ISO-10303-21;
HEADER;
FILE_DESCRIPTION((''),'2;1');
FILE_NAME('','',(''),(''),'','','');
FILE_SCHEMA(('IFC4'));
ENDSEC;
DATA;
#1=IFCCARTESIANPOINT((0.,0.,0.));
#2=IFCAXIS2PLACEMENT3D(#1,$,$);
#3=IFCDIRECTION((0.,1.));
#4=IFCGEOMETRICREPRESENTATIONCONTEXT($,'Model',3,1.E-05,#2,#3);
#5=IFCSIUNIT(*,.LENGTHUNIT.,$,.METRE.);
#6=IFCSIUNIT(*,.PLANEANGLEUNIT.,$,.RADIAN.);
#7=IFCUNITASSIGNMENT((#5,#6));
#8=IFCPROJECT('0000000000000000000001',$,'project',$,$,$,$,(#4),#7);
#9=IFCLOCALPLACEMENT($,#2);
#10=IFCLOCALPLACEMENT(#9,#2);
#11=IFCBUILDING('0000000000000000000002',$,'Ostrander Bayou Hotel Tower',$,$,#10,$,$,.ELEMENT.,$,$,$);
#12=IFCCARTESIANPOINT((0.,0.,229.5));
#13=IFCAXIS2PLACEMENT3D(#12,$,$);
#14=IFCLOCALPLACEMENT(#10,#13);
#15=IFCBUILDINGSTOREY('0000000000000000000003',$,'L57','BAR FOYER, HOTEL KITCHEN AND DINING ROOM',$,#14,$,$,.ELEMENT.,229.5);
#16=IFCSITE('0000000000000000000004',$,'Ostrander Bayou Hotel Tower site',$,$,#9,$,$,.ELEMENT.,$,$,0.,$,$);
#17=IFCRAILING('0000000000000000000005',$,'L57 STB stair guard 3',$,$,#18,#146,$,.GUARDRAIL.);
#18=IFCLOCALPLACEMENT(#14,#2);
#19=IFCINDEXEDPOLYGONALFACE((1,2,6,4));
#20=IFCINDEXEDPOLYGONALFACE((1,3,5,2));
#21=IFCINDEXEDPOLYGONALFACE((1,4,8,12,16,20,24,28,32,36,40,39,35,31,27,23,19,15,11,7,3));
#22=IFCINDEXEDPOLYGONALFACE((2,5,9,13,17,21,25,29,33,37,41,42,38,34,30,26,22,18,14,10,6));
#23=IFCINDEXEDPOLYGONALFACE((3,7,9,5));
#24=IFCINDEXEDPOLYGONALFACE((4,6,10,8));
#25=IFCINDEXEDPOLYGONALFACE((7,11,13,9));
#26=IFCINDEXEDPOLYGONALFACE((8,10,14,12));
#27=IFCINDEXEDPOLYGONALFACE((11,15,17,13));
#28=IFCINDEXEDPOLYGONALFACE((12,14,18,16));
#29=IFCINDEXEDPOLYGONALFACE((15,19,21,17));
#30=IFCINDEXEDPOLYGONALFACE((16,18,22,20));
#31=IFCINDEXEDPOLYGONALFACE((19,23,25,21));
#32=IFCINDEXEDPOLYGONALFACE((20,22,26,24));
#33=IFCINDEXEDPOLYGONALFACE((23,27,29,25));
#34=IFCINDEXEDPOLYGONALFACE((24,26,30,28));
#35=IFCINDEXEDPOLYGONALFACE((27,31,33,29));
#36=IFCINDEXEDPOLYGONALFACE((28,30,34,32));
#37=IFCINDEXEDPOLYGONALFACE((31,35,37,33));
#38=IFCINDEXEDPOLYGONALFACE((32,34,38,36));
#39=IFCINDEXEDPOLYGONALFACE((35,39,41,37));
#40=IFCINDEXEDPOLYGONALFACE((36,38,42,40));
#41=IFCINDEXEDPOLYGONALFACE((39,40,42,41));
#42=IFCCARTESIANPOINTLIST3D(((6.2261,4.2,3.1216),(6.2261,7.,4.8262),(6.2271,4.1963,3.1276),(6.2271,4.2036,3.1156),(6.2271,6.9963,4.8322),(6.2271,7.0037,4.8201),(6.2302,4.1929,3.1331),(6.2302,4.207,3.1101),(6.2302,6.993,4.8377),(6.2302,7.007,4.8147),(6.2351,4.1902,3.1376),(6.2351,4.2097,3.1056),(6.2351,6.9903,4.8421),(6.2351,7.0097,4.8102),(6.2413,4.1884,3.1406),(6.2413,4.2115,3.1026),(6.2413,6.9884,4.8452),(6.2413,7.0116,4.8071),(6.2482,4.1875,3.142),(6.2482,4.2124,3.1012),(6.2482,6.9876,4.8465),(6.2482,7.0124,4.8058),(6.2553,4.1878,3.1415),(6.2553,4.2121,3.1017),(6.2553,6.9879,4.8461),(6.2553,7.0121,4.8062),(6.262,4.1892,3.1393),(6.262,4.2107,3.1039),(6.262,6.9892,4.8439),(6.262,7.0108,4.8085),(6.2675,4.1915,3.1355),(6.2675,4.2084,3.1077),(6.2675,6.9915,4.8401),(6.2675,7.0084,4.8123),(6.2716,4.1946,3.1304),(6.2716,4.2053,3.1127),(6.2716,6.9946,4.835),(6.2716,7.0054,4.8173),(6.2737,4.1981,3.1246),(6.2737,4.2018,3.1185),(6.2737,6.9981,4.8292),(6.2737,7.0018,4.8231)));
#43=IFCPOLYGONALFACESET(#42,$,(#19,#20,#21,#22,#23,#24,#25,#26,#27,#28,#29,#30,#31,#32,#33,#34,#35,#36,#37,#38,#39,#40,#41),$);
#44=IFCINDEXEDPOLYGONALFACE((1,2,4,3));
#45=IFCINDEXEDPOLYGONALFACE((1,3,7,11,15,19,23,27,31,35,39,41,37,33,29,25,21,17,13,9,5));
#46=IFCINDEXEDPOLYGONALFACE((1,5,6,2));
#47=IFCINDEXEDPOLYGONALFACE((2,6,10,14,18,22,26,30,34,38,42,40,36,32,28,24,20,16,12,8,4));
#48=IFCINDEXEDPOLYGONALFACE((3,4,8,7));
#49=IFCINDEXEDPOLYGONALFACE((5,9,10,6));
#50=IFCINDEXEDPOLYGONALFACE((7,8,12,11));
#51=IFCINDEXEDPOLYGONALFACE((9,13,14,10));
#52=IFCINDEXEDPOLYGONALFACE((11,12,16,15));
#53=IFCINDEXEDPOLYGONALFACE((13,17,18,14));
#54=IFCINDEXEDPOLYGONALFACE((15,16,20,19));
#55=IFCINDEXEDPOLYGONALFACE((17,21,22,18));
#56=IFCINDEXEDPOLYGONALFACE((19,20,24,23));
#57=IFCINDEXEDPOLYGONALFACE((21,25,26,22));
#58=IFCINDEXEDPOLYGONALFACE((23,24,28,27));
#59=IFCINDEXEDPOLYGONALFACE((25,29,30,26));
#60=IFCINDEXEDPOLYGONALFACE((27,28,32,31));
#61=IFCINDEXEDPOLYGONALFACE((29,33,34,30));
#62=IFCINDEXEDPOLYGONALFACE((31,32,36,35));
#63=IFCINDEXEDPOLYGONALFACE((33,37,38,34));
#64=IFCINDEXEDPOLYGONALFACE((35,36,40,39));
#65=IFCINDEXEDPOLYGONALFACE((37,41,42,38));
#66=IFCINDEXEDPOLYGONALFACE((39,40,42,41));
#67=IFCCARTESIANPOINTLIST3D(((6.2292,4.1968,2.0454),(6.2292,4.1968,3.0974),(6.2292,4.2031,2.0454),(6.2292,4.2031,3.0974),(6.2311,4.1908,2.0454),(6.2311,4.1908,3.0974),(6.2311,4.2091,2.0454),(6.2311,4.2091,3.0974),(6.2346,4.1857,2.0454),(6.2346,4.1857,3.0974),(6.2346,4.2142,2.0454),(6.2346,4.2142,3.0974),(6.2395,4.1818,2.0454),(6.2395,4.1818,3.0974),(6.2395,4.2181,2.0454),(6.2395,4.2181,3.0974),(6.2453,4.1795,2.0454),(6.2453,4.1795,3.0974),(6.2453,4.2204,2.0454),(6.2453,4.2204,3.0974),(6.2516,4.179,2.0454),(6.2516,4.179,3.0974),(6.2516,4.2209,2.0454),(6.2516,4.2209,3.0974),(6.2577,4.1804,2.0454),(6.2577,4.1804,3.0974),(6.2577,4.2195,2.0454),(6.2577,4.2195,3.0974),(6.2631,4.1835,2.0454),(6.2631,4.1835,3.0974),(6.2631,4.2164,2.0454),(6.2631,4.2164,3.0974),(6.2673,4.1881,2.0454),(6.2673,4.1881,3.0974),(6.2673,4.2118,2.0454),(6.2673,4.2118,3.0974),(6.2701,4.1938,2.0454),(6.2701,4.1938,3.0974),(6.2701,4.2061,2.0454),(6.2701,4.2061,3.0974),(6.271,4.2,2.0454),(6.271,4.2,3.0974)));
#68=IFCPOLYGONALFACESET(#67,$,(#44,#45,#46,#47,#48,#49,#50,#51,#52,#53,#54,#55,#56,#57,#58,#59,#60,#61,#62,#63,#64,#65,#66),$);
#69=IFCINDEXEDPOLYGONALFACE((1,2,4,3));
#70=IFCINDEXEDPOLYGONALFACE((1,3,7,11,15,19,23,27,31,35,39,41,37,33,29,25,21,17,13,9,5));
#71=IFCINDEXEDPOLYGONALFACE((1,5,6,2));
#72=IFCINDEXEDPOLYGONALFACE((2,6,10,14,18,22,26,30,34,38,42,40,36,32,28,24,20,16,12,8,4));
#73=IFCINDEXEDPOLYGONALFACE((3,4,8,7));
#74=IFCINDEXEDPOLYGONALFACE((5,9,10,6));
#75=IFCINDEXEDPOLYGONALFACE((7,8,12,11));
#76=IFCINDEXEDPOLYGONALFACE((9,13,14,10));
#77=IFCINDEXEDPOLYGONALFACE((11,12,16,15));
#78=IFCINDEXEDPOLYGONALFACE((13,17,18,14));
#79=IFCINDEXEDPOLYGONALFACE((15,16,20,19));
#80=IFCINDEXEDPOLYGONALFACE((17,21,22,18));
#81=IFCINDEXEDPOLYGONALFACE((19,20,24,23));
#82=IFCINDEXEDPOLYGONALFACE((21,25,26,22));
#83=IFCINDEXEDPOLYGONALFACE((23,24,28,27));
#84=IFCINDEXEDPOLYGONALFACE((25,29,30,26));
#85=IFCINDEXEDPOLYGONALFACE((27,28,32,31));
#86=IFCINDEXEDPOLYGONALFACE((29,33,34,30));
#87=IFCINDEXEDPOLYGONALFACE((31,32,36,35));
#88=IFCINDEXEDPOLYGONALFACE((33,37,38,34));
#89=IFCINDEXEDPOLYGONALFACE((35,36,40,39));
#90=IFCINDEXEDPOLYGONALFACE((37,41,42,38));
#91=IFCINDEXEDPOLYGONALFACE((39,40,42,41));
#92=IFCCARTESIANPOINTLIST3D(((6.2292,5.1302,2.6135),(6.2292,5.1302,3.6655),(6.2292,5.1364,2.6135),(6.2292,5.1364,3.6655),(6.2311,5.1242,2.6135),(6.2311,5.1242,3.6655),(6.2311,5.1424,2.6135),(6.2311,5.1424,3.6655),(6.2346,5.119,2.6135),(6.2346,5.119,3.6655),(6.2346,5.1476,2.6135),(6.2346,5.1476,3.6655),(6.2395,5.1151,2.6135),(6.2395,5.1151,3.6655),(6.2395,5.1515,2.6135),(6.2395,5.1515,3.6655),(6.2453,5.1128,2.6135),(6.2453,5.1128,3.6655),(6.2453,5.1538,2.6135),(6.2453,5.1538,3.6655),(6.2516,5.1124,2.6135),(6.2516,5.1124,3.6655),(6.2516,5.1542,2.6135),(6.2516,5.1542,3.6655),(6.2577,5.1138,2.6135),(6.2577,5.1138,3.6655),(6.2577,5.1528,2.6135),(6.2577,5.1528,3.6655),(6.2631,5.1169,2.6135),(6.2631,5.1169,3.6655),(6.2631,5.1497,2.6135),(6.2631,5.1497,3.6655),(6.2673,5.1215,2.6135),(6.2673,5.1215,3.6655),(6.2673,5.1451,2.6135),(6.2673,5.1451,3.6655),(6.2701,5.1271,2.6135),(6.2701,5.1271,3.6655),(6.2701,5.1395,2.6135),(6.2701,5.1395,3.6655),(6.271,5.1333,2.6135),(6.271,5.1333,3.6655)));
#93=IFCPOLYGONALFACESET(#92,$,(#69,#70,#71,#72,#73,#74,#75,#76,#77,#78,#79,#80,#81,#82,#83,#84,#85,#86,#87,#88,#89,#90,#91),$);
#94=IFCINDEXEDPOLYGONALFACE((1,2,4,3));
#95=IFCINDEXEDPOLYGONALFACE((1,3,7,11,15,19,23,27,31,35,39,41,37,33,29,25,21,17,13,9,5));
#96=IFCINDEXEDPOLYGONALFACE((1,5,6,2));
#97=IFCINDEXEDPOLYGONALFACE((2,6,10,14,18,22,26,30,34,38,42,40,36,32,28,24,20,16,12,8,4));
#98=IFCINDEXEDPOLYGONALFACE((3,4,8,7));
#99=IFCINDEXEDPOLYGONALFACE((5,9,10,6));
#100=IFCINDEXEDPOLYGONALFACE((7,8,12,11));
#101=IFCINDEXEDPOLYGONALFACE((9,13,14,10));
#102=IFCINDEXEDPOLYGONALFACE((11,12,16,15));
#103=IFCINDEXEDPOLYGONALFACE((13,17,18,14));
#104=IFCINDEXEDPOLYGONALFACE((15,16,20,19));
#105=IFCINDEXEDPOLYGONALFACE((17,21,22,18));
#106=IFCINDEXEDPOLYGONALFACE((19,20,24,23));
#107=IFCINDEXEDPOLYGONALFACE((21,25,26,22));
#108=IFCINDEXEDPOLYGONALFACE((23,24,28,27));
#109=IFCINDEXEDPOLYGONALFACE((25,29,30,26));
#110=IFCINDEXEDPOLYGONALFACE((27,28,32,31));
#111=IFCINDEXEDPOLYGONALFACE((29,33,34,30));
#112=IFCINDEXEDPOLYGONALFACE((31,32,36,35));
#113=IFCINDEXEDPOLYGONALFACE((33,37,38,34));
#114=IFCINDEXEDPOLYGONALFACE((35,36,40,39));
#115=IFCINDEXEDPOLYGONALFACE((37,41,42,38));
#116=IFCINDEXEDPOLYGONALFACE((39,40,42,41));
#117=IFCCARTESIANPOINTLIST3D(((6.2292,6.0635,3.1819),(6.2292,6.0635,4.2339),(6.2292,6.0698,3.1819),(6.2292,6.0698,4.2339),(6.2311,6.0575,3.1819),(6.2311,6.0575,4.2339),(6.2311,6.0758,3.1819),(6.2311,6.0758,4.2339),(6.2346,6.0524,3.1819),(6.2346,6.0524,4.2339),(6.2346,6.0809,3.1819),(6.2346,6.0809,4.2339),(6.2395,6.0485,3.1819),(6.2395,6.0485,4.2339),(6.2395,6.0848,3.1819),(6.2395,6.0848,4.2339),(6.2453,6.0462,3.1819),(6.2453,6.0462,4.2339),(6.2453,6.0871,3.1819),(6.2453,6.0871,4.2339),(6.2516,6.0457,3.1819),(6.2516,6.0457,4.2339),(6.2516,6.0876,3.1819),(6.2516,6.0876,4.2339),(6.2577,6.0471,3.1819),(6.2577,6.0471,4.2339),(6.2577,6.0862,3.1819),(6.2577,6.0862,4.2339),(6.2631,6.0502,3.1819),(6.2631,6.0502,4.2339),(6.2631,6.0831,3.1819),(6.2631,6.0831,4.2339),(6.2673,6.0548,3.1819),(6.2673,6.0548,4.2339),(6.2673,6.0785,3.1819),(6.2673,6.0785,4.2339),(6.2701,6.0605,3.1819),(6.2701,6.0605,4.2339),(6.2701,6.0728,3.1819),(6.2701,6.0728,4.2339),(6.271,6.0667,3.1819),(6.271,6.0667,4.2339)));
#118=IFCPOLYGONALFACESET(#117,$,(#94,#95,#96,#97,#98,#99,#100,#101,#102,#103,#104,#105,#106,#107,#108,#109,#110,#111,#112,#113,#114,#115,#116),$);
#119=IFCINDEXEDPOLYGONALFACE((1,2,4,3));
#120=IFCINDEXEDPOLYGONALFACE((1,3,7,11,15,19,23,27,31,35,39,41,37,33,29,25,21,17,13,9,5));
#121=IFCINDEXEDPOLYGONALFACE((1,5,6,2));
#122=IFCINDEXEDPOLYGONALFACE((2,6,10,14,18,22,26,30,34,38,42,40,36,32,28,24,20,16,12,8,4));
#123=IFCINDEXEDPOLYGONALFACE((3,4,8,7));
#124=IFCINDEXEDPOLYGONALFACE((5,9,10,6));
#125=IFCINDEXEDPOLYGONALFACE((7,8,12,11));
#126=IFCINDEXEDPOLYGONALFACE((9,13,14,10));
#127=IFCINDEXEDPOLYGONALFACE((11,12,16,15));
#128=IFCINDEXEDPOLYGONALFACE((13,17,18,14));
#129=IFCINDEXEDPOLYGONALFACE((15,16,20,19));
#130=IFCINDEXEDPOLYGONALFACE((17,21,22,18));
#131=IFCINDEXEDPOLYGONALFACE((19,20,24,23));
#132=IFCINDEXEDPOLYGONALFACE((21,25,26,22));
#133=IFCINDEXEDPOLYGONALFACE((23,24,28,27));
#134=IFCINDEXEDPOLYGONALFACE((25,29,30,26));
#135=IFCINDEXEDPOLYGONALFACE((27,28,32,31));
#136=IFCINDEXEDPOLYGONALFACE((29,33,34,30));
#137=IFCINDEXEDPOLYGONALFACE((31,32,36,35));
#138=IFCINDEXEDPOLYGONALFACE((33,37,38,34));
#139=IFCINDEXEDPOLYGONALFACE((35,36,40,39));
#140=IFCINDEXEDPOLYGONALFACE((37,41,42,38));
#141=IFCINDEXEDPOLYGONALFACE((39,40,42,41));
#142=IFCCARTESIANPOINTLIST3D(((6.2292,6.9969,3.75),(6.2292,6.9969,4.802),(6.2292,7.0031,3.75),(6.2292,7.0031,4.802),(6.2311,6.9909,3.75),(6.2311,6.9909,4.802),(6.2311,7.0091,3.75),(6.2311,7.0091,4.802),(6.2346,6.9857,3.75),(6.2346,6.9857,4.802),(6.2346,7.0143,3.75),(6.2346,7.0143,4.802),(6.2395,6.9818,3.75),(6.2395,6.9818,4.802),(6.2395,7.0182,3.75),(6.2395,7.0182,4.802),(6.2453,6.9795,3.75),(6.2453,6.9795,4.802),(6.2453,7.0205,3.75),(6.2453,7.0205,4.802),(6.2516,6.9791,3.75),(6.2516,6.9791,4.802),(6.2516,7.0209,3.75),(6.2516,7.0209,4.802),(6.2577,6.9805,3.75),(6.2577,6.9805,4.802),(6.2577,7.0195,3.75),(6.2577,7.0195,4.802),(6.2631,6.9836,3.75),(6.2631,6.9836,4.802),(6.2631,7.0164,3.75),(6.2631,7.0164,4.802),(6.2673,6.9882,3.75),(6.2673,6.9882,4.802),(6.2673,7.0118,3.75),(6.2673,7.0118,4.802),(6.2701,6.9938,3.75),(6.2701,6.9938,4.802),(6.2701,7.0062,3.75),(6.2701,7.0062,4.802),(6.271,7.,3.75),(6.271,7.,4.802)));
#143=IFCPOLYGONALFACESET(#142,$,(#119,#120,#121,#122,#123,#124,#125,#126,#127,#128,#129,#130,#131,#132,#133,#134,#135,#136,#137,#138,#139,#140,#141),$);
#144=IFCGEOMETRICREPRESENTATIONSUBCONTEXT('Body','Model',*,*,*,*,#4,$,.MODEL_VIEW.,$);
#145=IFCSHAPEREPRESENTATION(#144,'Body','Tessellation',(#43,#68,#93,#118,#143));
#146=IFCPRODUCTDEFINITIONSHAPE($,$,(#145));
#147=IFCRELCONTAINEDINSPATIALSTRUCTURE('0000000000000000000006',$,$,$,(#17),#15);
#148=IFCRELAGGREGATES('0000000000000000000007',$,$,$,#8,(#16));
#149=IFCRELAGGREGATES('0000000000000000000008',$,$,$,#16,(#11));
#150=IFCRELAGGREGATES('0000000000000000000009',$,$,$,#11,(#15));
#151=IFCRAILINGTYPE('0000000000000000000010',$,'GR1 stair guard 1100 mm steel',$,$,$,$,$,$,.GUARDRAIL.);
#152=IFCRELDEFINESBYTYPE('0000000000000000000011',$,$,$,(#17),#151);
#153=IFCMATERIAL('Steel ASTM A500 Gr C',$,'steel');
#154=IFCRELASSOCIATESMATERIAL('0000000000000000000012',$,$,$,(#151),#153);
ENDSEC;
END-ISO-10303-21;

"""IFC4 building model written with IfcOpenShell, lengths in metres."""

from ifc_helpers import new_model, si_unit, direction, frame, origin, origin_2d, place, context, subcontext, project, spatial, circle, extrude, material, type_object, element, save


model = new_model("IFC4")

# Units and contexts
model_context = context("Model", 3, precision=1e-05, world=origin(), true_north=direction((0.0, 1.0)))
body_context = subcontext(model_context, "Body", "Model", "MODEL_VIEW")
ifc_project = project(units=[si_unit("LENGTHUNIT", "METRE"), si_unit("PLANEANGLEUNIT", "RADIAN")], contexts=[model_context])

# Site, building, storey
site_placement = place(None, origin())
site = spatial("IfcSite", under=ifc_project, at=site_placement, Name="Ostrander Bayou Hotel Tower site", CompositionType="ELEMENT", RefElevation=0.0)
building_placement = place(site_placement, origin())
building = spatial("IfcBuilding", under=site, at=building_placement, Name="Ostrander Bayou Hotel Tower", CompositionType="ELEMENT")
storey_placement = place(building_placement, frame((0.0, 0.0, 229.5)))
storey = spatial("IfcBuildingStorey", under=building, at=storey_placement, Name="L57", Description="BAR FOYER, HOTEL KITCHEN AND DINING ROOM", CompositionType="ELEMENT", Elevation=229.5)

# Railing
ifc_material_1 = material(Name="Steel ASTM A500 Gr C", Category="steel")
railing_type_1 = type_object("IfcRailingType", Name="GR1 stair guard 1100 mm steel", PredefinedType="GUARDRAIL", material=ifc_material_1)
railing_1_placement = place(storey_placement, frame((6.25, 4.2, 2.0454)))
element("IfcRailing", 1, at=railing_1_placement, inside=storey, type_object=railing_type_1, Name="L57 STB stair guard 3", PredefinedType="GUARDRAIL", context=body_context, shape_type="SweptSolid", body=[
    extrude(circle(Radius=0.0239, at=origin_2d()), frame((0.0, 0.0, 1.0762), z_axis=(0.0, 0.85417, 0.519994), x_axis=(-1.0, 0.0, 0.0)), (0.0, 0.0, 1.0), 3.2781),
    extrude(circle(Radius=0.021, at=origin_2d()), origin(), (0.0, 0.0, 1.0), 1.052),
    extrude(circle(Radius=0.021, at=origin_2d()), frame((0.0, 0.9333, 0.5681)), (0.0, 0.0, 1.0), 1.052),
    extrude(circle(Radius=0.021, at=origin_2d()), frame((0.0, 1.8667, 1.1365)), (0.0, 0.0, 1.0), 1.052),
    extrude(circle(Radius=0.021, at=origin_2d()), frame((0.0, 2.8, 1.7046)), (0.0, 0.0, 1.0), 1.052),
])

save(model, "model.ifc")
